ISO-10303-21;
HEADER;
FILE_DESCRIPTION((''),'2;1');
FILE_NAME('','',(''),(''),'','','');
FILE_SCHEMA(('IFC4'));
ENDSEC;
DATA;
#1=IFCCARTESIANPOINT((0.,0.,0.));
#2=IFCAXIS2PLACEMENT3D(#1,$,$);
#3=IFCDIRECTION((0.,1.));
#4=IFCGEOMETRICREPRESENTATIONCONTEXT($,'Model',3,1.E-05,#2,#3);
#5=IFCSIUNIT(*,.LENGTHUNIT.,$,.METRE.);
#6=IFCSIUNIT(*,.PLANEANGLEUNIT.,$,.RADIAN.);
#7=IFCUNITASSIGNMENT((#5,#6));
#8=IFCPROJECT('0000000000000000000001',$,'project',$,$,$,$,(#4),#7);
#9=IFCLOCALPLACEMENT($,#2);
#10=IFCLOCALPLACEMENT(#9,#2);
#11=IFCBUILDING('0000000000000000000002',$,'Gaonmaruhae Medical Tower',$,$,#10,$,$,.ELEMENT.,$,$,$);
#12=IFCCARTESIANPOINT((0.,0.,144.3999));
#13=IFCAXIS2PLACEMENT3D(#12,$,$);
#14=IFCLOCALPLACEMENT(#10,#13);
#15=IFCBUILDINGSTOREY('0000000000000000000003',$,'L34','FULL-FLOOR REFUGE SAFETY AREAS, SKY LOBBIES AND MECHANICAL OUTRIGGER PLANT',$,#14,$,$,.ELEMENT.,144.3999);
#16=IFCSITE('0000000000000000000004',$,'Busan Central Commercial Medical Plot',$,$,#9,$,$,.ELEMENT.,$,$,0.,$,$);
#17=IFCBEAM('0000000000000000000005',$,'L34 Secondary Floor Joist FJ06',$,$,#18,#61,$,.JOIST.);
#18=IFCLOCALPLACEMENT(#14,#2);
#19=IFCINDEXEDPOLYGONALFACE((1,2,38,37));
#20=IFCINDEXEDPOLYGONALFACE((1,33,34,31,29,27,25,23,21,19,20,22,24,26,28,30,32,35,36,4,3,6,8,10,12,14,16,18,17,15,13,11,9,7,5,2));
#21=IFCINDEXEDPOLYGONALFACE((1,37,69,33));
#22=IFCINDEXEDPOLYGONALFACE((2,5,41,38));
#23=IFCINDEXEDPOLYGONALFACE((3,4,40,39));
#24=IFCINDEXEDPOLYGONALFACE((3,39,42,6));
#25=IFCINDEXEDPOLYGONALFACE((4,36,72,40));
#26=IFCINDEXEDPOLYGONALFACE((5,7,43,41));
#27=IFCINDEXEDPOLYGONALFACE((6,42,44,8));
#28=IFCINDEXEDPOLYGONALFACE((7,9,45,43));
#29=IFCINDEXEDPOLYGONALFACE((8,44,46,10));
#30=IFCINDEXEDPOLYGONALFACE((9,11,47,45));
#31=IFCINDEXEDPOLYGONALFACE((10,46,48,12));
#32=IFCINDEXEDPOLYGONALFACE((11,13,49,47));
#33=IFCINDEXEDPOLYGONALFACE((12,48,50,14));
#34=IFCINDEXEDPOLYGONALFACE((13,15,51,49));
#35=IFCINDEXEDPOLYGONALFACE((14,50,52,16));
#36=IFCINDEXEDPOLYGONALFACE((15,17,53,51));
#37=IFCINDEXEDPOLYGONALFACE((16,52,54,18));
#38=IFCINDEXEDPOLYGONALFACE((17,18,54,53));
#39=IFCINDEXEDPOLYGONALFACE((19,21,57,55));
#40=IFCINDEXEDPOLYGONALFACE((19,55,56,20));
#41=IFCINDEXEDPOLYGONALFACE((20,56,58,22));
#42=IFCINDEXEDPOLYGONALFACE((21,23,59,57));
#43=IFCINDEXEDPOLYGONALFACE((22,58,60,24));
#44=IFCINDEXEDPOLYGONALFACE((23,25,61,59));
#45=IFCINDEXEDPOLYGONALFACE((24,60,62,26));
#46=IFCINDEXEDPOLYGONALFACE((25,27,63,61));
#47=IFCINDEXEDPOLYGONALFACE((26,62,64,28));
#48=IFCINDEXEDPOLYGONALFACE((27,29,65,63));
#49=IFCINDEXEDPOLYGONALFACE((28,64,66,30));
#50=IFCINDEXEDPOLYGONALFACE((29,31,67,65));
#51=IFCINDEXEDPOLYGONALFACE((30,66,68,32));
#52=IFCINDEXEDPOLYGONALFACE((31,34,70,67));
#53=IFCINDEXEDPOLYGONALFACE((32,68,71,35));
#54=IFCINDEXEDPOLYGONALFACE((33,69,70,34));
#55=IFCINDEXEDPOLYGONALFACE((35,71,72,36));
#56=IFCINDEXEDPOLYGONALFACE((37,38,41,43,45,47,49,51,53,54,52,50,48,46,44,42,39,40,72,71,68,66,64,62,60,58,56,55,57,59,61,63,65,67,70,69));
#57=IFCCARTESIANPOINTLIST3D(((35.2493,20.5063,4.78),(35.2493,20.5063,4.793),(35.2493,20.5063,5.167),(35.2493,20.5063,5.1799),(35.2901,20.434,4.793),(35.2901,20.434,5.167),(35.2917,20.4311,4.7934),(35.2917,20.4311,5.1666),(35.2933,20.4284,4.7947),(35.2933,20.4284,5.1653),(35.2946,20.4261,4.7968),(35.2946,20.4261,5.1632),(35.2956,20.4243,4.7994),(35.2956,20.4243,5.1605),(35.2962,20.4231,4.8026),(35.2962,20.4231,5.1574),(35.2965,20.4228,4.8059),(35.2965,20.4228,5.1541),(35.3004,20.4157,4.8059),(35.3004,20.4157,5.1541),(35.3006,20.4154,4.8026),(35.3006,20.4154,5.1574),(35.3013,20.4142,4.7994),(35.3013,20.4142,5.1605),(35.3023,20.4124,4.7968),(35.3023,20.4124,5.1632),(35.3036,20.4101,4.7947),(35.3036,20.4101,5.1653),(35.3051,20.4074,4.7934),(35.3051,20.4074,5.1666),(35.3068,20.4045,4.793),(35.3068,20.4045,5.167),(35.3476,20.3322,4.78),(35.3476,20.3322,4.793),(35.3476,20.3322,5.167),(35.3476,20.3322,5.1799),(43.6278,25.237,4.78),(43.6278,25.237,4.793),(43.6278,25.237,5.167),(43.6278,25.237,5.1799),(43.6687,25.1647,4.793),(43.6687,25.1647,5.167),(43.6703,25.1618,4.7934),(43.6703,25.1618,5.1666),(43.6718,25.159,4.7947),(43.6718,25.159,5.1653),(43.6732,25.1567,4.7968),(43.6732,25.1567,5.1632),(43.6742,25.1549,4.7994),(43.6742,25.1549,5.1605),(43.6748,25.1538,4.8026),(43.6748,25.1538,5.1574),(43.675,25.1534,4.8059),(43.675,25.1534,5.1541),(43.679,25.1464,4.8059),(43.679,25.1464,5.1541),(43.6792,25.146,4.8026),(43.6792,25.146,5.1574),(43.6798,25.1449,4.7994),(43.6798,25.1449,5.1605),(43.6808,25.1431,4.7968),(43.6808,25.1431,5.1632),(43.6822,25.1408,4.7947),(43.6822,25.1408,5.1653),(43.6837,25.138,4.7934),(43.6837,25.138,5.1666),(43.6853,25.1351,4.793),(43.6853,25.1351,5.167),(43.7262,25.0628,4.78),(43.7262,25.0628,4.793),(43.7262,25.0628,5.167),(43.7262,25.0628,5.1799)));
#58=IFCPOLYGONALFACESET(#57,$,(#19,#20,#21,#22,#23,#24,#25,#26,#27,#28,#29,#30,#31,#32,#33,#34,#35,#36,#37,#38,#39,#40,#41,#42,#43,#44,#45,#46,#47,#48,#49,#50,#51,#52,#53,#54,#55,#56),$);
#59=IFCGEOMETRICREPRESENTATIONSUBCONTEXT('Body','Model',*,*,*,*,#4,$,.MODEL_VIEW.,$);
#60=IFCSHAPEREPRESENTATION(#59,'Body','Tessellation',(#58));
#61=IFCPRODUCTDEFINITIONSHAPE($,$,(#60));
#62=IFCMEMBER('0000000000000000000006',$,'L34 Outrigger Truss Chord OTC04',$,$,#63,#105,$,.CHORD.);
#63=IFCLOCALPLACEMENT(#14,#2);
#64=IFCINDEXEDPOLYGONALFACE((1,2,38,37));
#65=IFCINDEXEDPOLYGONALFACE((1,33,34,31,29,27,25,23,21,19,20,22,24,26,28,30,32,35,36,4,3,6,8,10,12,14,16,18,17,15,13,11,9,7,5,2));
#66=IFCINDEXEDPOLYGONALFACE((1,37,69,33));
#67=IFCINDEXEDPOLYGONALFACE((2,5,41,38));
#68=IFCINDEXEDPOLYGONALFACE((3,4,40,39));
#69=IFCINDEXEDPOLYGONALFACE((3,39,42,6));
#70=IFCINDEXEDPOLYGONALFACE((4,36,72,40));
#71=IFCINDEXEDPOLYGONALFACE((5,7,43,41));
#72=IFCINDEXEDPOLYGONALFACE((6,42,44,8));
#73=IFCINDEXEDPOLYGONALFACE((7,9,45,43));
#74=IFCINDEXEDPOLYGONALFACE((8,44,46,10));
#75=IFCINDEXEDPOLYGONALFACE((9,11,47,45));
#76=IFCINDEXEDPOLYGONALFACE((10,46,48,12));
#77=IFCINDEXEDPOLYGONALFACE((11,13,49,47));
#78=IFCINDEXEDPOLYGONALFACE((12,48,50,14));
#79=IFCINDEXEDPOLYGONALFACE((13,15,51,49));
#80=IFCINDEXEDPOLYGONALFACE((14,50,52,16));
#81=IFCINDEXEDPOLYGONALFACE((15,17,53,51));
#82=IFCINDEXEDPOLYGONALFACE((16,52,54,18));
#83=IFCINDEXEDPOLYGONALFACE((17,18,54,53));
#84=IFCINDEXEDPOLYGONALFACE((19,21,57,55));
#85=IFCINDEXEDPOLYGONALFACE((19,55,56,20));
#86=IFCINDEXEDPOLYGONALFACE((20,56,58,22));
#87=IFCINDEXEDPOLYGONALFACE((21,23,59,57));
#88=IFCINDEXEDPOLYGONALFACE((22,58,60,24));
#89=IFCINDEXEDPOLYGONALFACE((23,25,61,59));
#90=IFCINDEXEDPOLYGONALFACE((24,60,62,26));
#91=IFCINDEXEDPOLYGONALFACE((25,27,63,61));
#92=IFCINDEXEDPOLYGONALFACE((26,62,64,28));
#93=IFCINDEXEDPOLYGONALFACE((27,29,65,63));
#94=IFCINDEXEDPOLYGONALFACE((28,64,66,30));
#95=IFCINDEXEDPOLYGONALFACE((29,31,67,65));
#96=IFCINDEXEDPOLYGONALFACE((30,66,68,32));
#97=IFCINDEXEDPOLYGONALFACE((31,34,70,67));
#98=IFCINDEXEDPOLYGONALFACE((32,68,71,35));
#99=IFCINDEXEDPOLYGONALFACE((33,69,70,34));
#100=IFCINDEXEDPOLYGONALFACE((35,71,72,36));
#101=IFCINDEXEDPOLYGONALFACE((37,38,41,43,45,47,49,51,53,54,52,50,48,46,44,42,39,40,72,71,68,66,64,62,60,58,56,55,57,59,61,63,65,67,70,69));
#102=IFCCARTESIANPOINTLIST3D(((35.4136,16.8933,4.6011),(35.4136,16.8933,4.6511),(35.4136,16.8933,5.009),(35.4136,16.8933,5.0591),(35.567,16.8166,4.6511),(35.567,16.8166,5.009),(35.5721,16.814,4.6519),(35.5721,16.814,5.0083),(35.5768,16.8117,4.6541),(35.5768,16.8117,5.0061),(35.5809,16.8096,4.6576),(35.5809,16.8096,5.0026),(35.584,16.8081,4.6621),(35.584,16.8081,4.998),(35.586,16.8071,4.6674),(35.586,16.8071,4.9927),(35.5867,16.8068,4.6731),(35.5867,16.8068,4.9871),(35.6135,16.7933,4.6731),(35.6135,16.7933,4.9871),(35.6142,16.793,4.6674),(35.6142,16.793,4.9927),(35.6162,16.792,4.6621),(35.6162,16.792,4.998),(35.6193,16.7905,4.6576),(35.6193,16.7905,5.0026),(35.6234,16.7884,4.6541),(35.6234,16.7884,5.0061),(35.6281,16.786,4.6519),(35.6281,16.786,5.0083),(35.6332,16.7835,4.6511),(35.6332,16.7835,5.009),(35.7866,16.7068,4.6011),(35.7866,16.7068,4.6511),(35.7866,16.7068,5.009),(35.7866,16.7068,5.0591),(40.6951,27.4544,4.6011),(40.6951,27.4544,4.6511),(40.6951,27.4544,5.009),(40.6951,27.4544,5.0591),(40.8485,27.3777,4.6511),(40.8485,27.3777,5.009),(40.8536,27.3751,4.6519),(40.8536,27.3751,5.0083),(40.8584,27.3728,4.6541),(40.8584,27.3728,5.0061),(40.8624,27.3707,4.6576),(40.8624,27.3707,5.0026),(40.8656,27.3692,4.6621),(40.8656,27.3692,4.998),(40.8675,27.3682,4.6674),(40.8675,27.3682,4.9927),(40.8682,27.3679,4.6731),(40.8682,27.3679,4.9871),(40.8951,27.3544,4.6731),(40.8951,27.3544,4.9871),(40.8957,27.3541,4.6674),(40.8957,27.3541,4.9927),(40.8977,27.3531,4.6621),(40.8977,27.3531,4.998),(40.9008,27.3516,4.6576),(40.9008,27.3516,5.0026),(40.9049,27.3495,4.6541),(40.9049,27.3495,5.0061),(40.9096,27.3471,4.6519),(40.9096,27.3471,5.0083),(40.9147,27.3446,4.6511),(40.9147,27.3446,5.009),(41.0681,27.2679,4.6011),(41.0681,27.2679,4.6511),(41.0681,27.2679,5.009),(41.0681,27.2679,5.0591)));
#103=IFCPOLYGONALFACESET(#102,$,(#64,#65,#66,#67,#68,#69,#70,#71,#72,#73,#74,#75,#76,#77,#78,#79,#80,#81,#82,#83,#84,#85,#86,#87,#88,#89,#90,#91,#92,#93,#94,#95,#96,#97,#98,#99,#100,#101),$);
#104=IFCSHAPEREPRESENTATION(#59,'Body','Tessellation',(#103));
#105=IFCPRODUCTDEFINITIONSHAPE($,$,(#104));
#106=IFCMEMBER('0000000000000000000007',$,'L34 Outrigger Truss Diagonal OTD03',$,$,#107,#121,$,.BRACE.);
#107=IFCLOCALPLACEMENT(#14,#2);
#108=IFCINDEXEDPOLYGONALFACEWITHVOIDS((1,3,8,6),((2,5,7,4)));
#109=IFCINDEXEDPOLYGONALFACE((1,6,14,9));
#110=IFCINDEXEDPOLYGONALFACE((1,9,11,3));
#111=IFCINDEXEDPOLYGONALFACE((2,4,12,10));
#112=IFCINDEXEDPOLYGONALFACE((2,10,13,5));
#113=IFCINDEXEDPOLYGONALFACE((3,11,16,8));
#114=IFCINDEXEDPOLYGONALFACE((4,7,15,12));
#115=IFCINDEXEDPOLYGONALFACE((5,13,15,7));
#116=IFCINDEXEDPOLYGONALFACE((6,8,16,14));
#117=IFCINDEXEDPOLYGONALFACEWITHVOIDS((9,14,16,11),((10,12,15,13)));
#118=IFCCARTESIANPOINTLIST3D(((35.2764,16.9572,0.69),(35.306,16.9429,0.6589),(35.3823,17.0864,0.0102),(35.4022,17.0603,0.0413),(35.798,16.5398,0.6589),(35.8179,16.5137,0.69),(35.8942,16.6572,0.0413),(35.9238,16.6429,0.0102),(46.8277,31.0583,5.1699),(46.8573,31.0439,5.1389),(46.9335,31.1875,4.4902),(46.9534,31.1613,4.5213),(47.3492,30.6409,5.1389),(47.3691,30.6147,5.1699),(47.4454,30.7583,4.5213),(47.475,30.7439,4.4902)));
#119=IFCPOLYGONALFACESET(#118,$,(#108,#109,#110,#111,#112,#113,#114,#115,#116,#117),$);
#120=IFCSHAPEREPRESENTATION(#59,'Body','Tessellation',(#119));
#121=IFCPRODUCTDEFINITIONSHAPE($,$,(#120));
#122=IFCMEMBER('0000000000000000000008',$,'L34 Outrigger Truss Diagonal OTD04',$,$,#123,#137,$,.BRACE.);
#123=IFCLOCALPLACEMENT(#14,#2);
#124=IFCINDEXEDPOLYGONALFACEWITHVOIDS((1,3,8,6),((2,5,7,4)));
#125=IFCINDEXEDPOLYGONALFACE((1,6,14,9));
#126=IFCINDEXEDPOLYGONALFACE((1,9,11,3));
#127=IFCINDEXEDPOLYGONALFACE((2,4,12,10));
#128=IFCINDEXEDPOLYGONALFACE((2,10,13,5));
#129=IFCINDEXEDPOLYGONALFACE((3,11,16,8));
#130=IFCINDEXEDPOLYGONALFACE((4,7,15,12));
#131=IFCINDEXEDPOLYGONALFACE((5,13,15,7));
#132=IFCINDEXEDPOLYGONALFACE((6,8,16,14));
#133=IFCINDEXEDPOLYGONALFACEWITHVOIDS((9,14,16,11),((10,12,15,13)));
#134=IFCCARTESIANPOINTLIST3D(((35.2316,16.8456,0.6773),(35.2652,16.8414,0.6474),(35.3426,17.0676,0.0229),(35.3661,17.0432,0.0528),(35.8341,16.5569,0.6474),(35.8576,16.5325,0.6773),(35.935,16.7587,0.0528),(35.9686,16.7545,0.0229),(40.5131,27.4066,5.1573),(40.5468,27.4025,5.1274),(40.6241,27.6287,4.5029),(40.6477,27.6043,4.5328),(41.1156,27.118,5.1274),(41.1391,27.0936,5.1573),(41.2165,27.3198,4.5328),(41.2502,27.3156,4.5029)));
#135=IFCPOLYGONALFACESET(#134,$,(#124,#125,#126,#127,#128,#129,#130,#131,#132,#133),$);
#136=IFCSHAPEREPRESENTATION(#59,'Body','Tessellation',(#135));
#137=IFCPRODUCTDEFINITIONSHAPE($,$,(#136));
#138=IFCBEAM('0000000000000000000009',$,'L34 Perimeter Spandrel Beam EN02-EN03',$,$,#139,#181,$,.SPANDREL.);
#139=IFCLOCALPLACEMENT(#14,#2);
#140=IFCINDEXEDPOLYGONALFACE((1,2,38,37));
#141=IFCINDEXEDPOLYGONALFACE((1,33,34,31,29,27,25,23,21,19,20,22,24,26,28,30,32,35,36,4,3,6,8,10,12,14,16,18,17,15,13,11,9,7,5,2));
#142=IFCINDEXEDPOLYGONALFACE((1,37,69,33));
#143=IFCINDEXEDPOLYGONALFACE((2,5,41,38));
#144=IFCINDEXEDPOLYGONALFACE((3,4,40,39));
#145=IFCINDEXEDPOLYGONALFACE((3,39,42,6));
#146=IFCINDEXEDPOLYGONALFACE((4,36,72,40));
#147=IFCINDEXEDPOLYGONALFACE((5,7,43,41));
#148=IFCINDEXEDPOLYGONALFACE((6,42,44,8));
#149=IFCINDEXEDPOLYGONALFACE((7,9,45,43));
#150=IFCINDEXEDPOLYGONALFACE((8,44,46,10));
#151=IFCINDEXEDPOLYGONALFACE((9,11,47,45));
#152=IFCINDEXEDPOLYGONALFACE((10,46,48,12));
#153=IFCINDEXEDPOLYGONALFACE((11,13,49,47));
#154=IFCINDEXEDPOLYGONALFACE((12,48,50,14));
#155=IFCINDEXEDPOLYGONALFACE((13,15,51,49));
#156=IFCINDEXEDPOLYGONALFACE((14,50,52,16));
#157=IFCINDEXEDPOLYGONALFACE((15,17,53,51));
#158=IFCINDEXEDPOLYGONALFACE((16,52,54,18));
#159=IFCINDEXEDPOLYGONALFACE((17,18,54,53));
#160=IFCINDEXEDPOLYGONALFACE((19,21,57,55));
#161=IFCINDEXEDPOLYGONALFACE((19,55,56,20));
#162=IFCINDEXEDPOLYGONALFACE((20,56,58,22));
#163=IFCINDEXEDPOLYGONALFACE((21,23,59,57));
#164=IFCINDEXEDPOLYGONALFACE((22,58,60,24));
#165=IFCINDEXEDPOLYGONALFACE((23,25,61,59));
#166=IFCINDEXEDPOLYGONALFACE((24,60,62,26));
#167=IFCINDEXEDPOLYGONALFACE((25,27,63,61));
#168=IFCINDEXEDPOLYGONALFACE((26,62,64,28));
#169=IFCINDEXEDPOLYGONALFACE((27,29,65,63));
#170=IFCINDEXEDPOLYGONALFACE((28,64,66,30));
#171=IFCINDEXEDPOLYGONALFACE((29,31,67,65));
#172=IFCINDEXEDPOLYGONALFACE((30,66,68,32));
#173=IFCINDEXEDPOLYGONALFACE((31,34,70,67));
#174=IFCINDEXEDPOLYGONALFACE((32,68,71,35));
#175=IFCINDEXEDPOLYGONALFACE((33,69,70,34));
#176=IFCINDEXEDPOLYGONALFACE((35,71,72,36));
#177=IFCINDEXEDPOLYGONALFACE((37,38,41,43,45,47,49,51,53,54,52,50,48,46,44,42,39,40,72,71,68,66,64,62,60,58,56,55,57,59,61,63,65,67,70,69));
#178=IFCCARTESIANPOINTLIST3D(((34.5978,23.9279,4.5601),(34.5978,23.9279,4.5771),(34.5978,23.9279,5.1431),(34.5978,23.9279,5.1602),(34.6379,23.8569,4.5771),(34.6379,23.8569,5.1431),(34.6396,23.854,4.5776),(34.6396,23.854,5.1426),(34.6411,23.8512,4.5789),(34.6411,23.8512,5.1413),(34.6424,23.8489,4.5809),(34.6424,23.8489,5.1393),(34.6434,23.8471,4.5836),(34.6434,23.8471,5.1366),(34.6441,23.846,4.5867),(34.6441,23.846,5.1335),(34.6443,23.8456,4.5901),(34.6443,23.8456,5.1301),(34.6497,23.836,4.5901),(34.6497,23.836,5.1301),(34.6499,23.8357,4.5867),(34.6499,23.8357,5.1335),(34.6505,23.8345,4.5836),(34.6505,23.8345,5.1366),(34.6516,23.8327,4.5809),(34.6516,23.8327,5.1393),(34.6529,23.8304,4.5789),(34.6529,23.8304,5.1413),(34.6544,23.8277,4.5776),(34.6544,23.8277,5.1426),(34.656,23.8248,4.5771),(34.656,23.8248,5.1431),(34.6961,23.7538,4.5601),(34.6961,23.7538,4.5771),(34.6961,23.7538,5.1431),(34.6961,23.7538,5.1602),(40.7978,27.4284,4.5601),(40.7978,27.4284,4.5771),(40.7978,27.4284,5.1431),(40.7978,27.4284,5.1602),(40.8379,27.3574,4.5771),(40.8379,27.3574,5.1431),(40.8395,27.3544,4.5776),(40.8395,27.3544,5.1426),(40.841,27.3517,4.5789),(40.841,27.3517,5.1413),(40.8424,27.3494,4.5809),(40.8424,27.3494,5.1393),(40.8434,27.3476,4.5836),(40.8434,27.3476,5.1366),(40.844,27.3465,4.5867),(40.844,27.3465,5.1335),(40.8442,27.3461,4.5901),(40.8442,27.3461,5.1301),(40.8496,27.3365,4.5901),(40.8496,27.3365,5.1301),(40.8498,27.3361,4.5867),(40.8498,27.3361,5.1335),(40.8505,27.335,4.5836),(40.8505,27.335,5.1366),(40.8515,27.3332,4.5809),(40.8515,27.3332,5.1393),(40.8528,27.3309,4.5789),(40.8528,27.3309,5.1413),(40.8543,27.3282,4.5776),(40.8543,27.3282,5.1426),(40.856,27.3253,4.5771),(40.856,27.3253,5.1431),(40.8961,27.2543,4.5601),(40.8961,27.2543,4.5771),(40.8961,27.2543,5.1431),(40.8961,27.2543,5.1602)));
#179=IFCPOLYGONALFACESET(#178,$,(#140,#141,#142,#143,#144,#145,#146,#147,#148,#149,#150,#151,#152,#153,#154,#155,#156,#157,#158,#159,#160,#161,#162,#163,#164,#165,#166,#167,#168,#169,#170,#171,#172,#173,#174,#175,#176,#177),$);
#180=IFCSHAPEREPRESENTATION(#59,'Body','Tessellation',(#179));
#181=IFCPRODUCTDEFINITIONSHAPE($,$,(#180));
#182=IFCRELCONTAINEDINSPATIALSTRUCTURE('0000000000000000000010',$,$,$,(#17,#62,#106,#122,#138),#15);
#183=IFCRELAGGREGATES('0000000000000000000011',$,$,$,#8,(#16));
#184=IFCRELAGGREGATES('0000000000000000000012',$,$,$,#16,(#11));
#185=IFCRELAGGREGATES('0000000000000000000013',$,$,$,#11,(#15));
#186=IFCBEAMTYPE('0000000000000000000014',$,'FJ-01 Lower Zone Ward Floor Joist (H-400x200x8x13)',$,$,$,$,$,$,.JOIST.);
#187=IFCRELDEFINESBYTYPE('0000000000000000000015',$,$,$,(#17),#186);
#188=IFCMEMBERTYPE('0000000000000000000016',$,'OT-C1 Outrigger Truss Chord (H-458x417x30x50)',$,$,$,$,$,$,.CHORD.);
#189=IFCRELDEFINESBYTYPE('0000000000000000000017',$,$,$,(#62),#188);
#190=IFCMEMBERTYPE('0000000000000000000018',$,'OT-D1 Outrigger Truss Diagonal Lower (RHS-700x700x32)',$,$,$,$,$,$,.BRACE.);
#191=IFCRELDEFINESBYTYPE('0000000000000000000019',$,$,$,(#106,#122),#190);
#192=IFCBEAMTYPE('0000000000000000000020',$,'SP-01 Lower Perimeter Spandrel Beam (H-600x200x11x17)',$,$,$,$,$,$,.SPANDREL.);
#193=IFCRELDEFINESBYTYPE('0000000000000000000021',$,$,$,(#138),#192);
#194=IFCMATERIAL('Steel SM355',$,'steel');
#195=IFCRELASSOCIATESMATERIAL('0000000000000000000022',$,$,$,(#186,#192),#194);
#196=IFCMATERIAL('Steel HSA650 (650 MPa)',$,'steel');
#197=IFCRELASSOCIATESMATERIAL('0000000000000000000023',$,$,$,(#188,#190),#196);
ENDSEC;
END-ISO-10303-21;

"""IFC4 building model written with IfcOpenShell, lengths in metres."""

from ifc_helpers import new_model, si_unit, direction, frame, origin, origin_2d, place, context, subcontext, project, spatial, hollow_rectangle, i_section, extrude, material, material_profile, profile_set, type_object, element, save


model = new_model("IFC4")

# Units and contexts
model_context = context("Model", 3, precision=1e-05, world=origin(), true_north=direction((0.0, 1.0)))
body_context = subcontext(model_context, "Body", "Model", "MODEL_VIEW")
ifc_project = project(units=[si_unit("LENGTHUNIT", "METRE"), si_unit("PLANEANGLEUNIT", "RADIAN")], contexts=[model_context])

# Site, building, storey
site_placement = place(None, origin())
site = spatial("IfcSite", under=ifc_project, at=site_placement, Name="Busan Central Commercial Medical Plot", CompositionType="ELEMENT", RefElevation=0.0)
building_placement = place(site_placement, origin())
building = spatial("IfcBuilding", under=site, at=building_placement, Name="Gaonmaruhae Medical Tower", CompositionType="ELEMENT")
storey_placement = place(building_placement, frame((0.0, 0.0, 144.3999)))
storey = spatial("IfcBuildingStorey", under=building, at=storey_placement, Name="L34", Description="FULL-FLOOR REFUGE SAFETY AREAS, SKY LOBBIES AND MECHANICAL OUTRIGGER PLANT", CompositionType="ELEMENT", Elevation=144.3999)

# Shared definitions
ifc_material_1 = material(Name="Steel HSA650 (650 MPa)", Category="steel")

# Beam
ifc_material_2 = material(Name="Steel SM355", Category="steel")
ifc_material_profile_1 = material_profile(ifc_material_2, i_section(OverallWidth=0.2, OverallDepth=0.3999, WebThickness=0.0081, FlangeThickness=0.0129, FilletRadius=0.0129, at=origin_2d()), Name="H-400x200x8x13")
ifc_profile_set_1 = profile_set([ifc_material_profile_1], Name="Steel SM355")
beam_type_1 = type_object("IfcBeamType", Name="FJ-01 Lower Zone Ward Floor Joist (H-400x200x8x13)", PredefinedType="JOIST", material=ifc_profile_set_1)
beam_1_placement = place(storey_placement, frame((43.677, 25.1499, 4.98), z_axis=(-0.870788, -0.491659, 0.0), x_axis=(0.491659, -0.870788, 0.0)))
element("IfcBeam", 1, at=beam_1_placement, inside=storey, type_object=beam_type_1, Name="L34 Secondary Floor Joist FJ06", PredefinedType="JOIST", context=body_context, shape_type="SweptSolid", body=[
    extrude(i_section(OverallWidth=0.2, OverallDepth=0.3999, WebThickness=0.0081, FlangeThickness=0.0129, FilletRadius=0.0129, at=origin_2d()), origin(), (0.0, 0.0, 1.0), 9.6218),
])

# Members
ifc_material_profile_2 = material_profile(ifc_material_1, i_section(OverallWidth=0.417, OverallDepth=0.458, WebThickness=0.03, FlangeThickness=0.05, FilletRadius=0.022, at=origin_2d()), Name="H-458x417x30x50")
ifc_profile_set_2 = profile_set([ifc_material_profile_2], Name="Steel HSA650 (650 MPa)")
member_type_1 = type_object("IfcMemberType", Name="OT-C1 Outrigger Truss Chord (H-458x417x30x50)", PredefinedType="CHORD", material=ifc_profile_set_2)
member_1_placement = place(storey_placement, frame((35.6001, 16.8, 4.8301), z_axis=(0.44728, 0.894394, 0.0), x_axis=(-0.894394, 0.44728, 0.0)))
element("IfcMember", 2, at=member_1_placement, inside=storey, type_object=member_type_1, Name="L34 Outrigger Truss Chord OTC04", PredefinedType="CHORD", context=body_context, shape_type="SweptSolid", body=[
    extrude(i_section(OverallWidth=0.417, OverallDepth=0.458, WebThickness=0.03, FlangeThickness=0.05, FilletRadius=0.022, at=origin_2d()), origin(), (0.0, 0.0, 1.0), 11.8081),
])
ifc_material_profile_3 = material_profile(ifc_material_1, hollow_rectangle(XDim=0.7, YDim=0.7, WallThickness=0.032, at=origin_2d()), Name="RHS-700x700x32")
ifc_profile_set_3 = profile_set([ifc_material_profile_3], Name="Steel HSA650 (650 MPa)")
member_type_2 = type_object("IfcMemberType", Name="OT-D1 Outrigger Truss Diagonal Lower (RHS-700x700x32)", PredefinedType="BRACE", material=ifc_profile_set_3)
member_2_placement = place(storey_placement, frame((35.6001, 16.8, 0.3501), z_axis=(0.615386, 0.751225, 0.238668), x_axis=(-0.77358, 0.633699, 0.0)))
element("IfcMember", 3, at=member_2_placement, inside=storey, type_object=member_type_2, Name="L34 Outrigger Truss Diagonal OTD03", PredefinedType="BRACE", context=body_context, shape_type="SweptSolid", body=[
    extrude(hollow_rectangle(XDim=0.7, YDim=0.7, WallThickness=0.032, at=origin_2d()), origin(), (0.0, 0.0, 1.0), 18.7708),
])
member_3_placement = place(storey_placement, frame((35.6001, 16.8, 0.3501), z_axis=(0.418193, 0.836231, 0.354728), x_axis=(-0.894394, 0.44728, 0.0)))
element("IfcMember", 4, at=member_3_placement, inside=storey, type_object=member_type_2, Name="L34 Outrigger Truss Diagonal OTD04", PredefinedType="BRACE", context=body_context, shape_type="SweptSolid", body=[
    extrude(hollow_rectangle(XDim=0.7, YDim=0.7, WallThickness=0.032, at=origin_2d()), origin(), (0.0, 0.0, 1.0), 12.6294),
])

# Beam
ifc_material_profile_4 = material_profile(ifc_material_2, i_section(OverallWidth=0.2, OverallDepth=0.6001, WebThickness=0.011, FlangeThickness=0.0171, FilletRadius=0.0129, at=origin_2d()), Name="H-600x200x11x17")
ifc_profile_set_4 = profile_set([ifc_material_profile_4], Name="Steel SM355")
beam_type_2 = type_object("IfcBeamType", Name="SP-01 Lower Perimeter Spandrel Beam (H-600x200x11x17)", PredefinedType="SPANDREL", material=ifc_profile_set_4)
beam_2_placement = place(storey_placement, frame((40.8469, 27.3413, 4.8601), z_axis=(-0.870793, -0.491649, 0.0), x_axis=(0.491649, -0.870793, 0.0)))
element("IfcBeam", 5, at=beam_2_placement, inside=storey, type_object=beam_type_2, Name="L34 Perimeter Spandrel Beam EN02-EN03", PredefinedType="SPANDREL", context=body_context, shape_type="SweptSolid", body=[
    extrude(i_section(OverallWidth=0.2, OverallDepth=0.6001, WebThickness=0.011, FlangeThickness=0.0171, FilletRadius=0.0129, at=origin_2d()), origin(), (0.0, 0.0, 1.0), 7.1199),
])

save(model, "model.ifc")
